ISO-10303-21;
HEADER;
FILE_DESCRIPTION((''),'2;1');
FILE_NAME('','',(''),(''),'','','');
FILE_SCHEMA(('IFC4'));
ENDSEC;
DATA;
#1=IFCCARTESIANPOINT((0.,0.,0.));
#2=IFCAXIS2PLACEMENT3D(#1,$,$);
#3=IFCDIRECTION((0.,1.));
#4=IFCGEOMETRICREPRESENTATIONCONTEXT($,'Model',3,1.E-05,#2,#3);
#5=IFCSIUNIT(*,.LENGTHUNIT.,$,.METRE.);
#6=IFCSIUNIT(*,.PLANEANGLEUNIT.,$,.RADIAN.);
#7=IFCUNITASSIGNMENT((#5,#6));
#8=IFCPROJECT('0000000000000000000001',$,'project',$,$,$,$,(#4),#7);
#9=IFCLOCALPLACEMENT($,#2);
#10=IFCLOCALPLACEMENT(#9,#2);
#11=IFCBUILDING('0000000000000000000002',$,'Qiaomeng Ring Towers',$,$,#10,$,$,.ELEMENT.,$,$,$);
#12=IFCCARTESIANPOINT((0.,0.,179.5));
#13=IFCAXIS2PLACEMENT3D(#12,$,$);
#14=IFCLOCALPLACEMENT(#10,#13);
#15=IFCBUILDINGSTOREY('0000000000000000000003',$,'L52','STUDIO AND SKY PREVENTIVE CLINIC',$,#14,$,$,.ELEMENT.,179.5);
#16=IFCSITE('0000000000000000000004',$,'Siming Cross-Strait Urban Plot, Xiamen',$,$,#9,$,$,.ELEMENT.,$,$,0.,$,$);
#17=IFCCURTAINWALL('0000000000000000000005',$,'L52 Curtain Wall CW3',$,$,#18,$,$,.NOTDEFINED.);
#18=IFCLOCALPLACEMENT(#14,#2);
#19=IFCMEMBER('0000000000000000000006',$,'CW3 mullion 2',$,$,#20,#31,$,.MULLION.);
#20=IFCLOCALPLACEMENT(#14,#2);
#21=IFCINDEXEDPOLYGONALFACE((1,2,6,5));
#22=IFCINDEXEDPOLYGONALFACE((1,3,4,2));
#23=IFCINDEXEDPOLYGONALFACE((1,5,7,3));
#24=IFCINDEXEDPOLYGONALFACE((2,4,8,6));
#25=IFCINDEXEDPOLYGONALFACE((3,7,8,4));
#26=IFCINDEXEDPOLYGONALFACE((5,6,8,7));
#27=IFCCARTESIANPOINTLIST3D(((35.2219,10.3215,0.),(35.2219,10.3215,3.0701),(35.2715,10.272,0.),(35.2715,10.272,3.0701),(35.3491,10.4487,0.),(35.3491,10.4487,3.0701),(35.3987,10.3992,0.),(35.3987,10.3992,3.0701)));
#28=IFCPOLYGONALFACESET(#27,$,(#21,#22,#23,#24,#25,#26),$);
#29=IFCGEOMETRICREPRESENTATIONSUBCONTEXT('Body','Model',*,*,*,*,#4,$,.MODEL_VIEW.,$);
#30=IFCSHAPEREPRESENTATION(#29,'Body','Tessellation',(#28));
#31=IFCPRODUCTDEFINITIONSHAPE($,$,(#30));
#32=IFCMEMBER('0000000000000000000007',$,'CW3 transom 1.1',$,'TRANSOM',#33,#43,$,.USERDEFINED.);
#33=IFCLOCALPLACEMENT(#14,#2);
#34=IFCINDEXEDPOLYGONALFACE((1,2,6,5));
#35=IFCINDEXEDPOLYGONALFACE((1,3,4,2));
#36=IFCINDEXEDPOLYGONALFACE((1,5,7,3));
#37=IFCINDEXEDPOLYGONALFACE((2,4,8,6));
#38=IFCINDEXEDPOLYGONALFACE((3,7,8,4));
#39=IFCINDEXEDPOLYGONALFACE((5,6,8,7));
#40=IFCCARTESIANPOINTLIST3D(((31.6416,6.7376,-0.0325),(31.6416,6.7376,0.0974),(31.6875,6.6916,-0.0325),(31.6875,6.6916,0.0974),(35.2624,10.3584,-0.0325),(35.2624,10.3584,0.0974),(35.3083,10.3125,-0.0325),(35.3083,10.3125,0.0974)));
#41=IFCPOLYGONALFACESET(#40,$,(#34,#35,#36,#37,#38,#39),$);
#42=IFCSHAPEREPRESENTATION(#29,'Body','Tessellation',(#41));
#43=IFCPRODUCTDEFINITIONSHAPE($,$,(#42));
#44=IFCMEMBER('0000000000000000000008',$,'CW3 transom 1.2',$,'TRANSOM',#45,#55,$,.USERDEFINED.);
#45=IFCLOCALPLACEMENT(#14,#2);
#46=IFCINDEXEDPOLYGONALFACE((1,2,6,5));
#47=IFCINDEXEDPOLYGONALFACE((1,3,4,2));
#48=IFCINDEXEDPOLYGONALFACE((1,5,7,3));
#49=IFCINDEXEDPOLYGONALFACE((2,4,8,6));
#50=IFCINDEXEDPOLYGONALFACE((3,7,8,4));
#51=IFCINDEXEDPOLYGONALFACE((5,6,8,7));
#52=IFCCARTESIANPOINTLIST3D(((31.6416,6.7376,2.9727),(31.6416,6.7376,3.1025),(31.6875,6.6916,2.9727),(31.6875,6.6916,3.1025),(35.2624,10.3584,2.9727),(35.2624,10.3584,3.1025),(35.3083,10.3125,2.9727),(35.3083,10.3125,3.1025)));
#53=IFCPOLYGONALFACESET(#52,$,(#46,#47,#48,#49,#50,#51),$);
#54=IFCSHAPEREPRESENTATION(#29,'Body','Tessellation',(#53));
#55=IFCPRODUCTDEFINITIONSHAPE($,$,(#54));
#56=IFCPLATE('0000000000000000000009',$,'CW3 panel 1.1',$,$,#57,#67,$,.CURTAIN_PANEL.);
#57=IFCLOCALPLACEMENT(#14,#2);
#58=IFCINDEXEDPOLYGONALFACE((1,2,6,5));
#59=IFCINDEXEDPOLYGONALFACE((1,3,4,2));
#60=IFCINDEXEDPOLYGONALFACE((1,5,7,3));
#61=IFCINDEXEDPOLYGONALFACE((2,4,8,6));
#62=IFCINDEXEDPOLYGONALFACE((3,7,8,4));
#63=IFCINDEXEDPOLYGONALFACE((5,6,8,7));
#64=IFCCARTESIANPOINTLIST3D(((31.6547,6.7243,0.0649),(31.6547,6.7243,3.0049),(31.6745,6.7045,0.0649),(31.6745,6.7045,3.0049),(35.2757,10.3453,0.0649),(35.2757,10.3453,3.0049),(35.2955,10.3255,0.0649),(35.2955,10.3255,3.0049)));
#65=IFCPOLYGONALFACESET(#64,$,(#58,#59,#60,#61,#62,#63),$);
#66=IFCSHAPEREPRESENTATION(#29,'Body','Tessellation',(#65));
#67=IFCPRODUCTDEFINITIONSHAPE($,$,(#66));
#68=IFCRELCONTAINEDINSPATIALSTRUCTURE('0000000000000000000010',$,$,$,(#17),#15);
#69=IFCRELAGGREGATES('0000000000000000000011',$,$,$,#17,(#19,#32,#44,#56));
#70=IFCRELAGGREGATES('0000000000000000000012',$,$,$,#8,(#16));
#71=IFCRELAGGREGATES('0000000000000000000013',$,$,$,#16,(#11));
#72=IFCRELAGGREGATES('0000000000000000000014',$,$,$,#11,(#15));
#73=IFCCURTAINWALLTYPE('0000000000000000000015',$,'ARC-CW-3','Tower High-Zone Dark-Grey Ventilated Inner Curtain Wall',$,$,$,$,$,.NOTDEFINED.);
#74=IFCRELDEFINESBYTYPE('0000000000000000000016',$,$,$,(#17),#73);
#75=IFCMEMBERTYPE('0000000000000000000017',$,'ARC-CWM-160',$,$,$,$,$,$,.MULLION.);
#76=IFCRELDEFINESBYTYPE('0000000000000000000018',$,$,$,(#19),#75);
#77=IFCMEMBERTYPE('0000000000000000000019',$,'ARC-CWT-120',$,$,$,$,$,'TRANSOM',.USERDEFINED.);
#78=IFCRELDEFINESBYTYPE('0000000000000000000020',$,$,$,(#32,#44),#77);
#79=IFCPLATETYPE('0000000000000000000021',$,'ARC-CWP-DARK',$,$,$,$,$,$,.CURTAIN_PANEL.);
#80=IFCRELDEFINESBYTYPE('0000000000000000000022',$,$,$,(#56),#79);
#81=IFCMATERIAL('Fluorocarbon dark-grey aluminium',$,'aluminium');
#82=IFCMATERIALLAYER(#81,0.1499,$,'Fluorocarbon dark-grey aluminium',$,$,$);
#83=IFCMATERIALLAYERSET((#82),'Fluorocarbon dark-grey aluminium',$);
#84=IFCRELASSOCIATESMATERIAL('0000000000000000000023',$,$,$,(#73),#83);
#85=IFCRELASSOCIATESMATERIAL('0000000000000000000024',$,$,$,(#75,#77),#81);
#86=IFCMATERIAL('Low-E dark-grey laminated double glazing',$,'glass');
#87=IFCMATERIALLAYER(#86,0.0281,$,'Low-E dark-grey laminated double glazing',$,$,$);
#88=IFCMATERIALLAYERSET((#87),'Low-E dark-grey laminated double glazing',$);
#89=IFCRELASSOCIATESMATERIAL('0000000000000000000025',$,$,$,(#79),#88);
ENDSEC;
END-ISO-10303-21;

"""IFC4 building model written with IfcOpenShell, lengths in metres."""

from ifc_helpers import new_model, si_unit, direction, frame, origin, origin_2d, place, context, subcontext, project, spatial, rectangle, extrude, source, transform, mapped, material, layer, layer_set, material_profile, profile_set, type_object, element, aggregate, save


model = new_model("IFC4")

# Units and contexts
model_context = context("Model", 3, precision=1e-05, world=origin(), true_north=direction((0.0, 1.0)))
body_context = subcontext(model_context, "Body", "Model", "MODEL_VIEW")
ifc_project = project(units=[si_unit("LENGTHUNIT", "METRE"), si_unit("PLANEANGLEUNIT", "RADIAN")], contexts=[model_context])

# Site, building, storey
site_placement = place(None, origin())
site = spatial("IfcSite", under=ifc_project, at=site_placement, Name="Siming Cross-Strait Urban Plot, Xiamen", CompositionType="ELEMENT", RefElevation=0.0)
building_placement = place(site_placement, origin())
building = spatial("IfcBuilding", under=site, at=building_placement, Name="Qiaomeng Ring Towers", CompositionType="ELEMENT")
storey_placement = place(building_placement, frame((0.0, 0.0, 179.5)))
storey = spatial("IfcBuildingStorey", under=building, at=storey_placement, Name="L52", Description="STUDIO AND SKY PREVENTIVE CLINIC", CompositionType="ELEMENT", Elevation=179.5)

# Curtain wall, members, plate
ifc_material_1 = material(Name="Fluorocarbon dark-grey aluminium", Category="aluminium")
ifc_layer_1 = layer(ifc_material_1, 0.1499, Name="Fluorocarbon dark-grey aluminium")
ifc_layer_set_1 = layer_set([ifc_layer_1], Name="Fluorocarbon dark-grey aluminium")
curtain_wall_type = type_object("IfcCurtainWallType", Name="ARC-CW-3", Description="Tower High-Zone Dark-Grey Ventilated Inner Curtain Wall", PredefinedType="NOTDEFINED", material=ifc_layer_set_1)
curtain_wall_placement = place(storey_placement, origin())
curtain_wall = element("IfcCurtainWall", 1, at=curtain_wall_placement, inside=storey, type_object=curtain_wall_type, Name="L52 Curtain Wall CW3", PredefinedType="NOTDEFINED")
ifc_material_profile_1 = material_profile(ifc_material_1, rectangle(XDim=0.0701, YDim=0.1799, at=origin_2d()), Name="ALU MULL 70x180")
ifc_profile_set_1 = profile_set([ifc_material_profile_1], Name="Fluorocarbon dark-grey aluminium")
member_type_1 = type_object("IfcMemberType", Name="ARC-CWM-160", PredefinedType="MULLION", material=ifc_profile_set_1)
shared_shape_1 = source(origin(), body_context, "Body", "SweptSolid", [
    extrude(rectangle(XDim=0.0701, YDim=0.1799, at=origin_2d()), origin(), (0.0, 0.0, 1.0), 3.0701),
])
member_1_placement = place(storey_placement, frame((35.3103, 10.3604, 0.0), z_axis=(0.0, 0.0, 1.0), x_axis=(-0.707107, 0.707107, 0.0)))
member_1 = element("IfcMember", 2, at=member_1_placement, type_object=member_type_1, Name="CW3 mullion 2", PredefinedType="MULLION", context=body_context, shape_type="MappedRepresentation", body=[
    mapped(shared_shape_1, transform((0.0, 0.0, 0.0), x_axis=(1.0, 0.0, 0.0), y_axis=(0.0, 1.0, 0.0), z_axis=(0.0, 0.0, 1.0), scale=1.0)),
])
ifc_material_profile_2 = material_profile(ifc_material_1, rectangle(XDim=0.0649, YDim=0.1299, at=origin_2d()), Name="ALU TRAN 65x130")
ifc_profile_set_2 = profile_set([ifc_material_profile_2], Name="Fluorocarbon dark-grey aluminium")
member_type_2 = type_object("IfcMemberType", Name="ARC-CWT-120", ElementType="TRANSOM", PredefinedType="USERDEFINED", material=ifc_profile_set_2)
shared_shape_2 = source(origin(), body_context, "Body", "SweptSolid", [
    extrude(rectangle(XDim=0.0649, YDim=0.1299, at=origin_2d()), origin(), (0.0, 0.0, 1.0), 5.1206),
])
member_2_placement = place(storey_placement, frame((31.6646, 6.7146, 0.0325), z_axis=(0.707107, 0.707107, 0.0), x_axis=(-0.707107, 0.707107, 0.0)))
member_2 = element("IfcMember", 3, at=member_2_placement, type_object=member_type_2, Name="CW3 transom 1.1", ObjectType="TRANSOM", PredefinedType="USERDEFINED", context=body_context, shape_type="MappedRepresentation", body=[
    mapped(shared_shape_2, transform((0.0, 0.0, 0.0), x_axis=(1.0, 0.0, 0.0), y_axis=(0.0, 1.0, 0.0), z_axis=(0.0, 0.0, 1.0), scale=1.0)),
])
member_3_placement = place(storey_placement, frame((31.6646, 6.7146, 3.0376), z_axis=(0.707107, 0.707107, 0.0), x_axis=(-0.707107, 0.707107, 0.0)))
member_3 = element("IfcMember", 4, at=member_3_placement, type_object=member_type_2, Name="CW3 transom 1.2", ObjectType="TRANSOM", PredefinedType="USERDEFINED", context=body_context, shape_type="MappedRepresentation", body=[
    mapped(shared_shape_2, transform((0.0, 0.0, 0.0), x_axis=(1.0, 0.0, 0.0), y_axis=(0.0, 1.0, 0.0), z_axis=(0.0, 0.0, 1.0), scale=1.0)),
])
ifc_material_2 = material(Name="Low-E dark-grey laminated double glazing", Category="glass")
ifc_layer_2 = layer(ifc_material_2, 0.0281, Name="Low-E dark-grey laminated double glazing")
ifc_layer_set_2 = layer_set([ifc_layer_2], Name="Low-E dark-grey laminated double glazing")
plate_type = type_object("IfcPlateType", Name="ARC-CWP-DARK", PredefinedType="CURTAIN_PANEL", material=ifc_layer_set_2)
shared_shape_3 = source(origin(), body_context, "Body", "SweptSolid", [
    extrude(rectangle(XDim=5.1208, YDim=0.0281, at=origin_2d()), origin(), (0.0, 0.0, 1.0), 2.9399),
])
plate_placement = place(storey_placement, frame((33.4751, 8.5249, 0.0649), z_axis=(0.0, 0.0, 1.0), x_axis=(0.707107, 0.707107, 0.0)))
plate = element("IfcPlate", 5, at=plate_placement, type_object=plate_type, Name="CW3 panel 1.1", PredefinedType="CURTAIN_PANEL", context=body_context, shape_type="MappedRepresentation", body=[
    mapped(shared_shape_3, transform((0.0, 0.0, 0.0), x_axis=(1.0, 0.0, 0.0), y_axis=(0.0, 1.0, 0.0), z_axis=(0.0, 0.0, 1.0), scale=1.0)),
])
aggregate(curtain_wall, [member_1, member_2, member_3, plate])

save(model, "model.ifc")
